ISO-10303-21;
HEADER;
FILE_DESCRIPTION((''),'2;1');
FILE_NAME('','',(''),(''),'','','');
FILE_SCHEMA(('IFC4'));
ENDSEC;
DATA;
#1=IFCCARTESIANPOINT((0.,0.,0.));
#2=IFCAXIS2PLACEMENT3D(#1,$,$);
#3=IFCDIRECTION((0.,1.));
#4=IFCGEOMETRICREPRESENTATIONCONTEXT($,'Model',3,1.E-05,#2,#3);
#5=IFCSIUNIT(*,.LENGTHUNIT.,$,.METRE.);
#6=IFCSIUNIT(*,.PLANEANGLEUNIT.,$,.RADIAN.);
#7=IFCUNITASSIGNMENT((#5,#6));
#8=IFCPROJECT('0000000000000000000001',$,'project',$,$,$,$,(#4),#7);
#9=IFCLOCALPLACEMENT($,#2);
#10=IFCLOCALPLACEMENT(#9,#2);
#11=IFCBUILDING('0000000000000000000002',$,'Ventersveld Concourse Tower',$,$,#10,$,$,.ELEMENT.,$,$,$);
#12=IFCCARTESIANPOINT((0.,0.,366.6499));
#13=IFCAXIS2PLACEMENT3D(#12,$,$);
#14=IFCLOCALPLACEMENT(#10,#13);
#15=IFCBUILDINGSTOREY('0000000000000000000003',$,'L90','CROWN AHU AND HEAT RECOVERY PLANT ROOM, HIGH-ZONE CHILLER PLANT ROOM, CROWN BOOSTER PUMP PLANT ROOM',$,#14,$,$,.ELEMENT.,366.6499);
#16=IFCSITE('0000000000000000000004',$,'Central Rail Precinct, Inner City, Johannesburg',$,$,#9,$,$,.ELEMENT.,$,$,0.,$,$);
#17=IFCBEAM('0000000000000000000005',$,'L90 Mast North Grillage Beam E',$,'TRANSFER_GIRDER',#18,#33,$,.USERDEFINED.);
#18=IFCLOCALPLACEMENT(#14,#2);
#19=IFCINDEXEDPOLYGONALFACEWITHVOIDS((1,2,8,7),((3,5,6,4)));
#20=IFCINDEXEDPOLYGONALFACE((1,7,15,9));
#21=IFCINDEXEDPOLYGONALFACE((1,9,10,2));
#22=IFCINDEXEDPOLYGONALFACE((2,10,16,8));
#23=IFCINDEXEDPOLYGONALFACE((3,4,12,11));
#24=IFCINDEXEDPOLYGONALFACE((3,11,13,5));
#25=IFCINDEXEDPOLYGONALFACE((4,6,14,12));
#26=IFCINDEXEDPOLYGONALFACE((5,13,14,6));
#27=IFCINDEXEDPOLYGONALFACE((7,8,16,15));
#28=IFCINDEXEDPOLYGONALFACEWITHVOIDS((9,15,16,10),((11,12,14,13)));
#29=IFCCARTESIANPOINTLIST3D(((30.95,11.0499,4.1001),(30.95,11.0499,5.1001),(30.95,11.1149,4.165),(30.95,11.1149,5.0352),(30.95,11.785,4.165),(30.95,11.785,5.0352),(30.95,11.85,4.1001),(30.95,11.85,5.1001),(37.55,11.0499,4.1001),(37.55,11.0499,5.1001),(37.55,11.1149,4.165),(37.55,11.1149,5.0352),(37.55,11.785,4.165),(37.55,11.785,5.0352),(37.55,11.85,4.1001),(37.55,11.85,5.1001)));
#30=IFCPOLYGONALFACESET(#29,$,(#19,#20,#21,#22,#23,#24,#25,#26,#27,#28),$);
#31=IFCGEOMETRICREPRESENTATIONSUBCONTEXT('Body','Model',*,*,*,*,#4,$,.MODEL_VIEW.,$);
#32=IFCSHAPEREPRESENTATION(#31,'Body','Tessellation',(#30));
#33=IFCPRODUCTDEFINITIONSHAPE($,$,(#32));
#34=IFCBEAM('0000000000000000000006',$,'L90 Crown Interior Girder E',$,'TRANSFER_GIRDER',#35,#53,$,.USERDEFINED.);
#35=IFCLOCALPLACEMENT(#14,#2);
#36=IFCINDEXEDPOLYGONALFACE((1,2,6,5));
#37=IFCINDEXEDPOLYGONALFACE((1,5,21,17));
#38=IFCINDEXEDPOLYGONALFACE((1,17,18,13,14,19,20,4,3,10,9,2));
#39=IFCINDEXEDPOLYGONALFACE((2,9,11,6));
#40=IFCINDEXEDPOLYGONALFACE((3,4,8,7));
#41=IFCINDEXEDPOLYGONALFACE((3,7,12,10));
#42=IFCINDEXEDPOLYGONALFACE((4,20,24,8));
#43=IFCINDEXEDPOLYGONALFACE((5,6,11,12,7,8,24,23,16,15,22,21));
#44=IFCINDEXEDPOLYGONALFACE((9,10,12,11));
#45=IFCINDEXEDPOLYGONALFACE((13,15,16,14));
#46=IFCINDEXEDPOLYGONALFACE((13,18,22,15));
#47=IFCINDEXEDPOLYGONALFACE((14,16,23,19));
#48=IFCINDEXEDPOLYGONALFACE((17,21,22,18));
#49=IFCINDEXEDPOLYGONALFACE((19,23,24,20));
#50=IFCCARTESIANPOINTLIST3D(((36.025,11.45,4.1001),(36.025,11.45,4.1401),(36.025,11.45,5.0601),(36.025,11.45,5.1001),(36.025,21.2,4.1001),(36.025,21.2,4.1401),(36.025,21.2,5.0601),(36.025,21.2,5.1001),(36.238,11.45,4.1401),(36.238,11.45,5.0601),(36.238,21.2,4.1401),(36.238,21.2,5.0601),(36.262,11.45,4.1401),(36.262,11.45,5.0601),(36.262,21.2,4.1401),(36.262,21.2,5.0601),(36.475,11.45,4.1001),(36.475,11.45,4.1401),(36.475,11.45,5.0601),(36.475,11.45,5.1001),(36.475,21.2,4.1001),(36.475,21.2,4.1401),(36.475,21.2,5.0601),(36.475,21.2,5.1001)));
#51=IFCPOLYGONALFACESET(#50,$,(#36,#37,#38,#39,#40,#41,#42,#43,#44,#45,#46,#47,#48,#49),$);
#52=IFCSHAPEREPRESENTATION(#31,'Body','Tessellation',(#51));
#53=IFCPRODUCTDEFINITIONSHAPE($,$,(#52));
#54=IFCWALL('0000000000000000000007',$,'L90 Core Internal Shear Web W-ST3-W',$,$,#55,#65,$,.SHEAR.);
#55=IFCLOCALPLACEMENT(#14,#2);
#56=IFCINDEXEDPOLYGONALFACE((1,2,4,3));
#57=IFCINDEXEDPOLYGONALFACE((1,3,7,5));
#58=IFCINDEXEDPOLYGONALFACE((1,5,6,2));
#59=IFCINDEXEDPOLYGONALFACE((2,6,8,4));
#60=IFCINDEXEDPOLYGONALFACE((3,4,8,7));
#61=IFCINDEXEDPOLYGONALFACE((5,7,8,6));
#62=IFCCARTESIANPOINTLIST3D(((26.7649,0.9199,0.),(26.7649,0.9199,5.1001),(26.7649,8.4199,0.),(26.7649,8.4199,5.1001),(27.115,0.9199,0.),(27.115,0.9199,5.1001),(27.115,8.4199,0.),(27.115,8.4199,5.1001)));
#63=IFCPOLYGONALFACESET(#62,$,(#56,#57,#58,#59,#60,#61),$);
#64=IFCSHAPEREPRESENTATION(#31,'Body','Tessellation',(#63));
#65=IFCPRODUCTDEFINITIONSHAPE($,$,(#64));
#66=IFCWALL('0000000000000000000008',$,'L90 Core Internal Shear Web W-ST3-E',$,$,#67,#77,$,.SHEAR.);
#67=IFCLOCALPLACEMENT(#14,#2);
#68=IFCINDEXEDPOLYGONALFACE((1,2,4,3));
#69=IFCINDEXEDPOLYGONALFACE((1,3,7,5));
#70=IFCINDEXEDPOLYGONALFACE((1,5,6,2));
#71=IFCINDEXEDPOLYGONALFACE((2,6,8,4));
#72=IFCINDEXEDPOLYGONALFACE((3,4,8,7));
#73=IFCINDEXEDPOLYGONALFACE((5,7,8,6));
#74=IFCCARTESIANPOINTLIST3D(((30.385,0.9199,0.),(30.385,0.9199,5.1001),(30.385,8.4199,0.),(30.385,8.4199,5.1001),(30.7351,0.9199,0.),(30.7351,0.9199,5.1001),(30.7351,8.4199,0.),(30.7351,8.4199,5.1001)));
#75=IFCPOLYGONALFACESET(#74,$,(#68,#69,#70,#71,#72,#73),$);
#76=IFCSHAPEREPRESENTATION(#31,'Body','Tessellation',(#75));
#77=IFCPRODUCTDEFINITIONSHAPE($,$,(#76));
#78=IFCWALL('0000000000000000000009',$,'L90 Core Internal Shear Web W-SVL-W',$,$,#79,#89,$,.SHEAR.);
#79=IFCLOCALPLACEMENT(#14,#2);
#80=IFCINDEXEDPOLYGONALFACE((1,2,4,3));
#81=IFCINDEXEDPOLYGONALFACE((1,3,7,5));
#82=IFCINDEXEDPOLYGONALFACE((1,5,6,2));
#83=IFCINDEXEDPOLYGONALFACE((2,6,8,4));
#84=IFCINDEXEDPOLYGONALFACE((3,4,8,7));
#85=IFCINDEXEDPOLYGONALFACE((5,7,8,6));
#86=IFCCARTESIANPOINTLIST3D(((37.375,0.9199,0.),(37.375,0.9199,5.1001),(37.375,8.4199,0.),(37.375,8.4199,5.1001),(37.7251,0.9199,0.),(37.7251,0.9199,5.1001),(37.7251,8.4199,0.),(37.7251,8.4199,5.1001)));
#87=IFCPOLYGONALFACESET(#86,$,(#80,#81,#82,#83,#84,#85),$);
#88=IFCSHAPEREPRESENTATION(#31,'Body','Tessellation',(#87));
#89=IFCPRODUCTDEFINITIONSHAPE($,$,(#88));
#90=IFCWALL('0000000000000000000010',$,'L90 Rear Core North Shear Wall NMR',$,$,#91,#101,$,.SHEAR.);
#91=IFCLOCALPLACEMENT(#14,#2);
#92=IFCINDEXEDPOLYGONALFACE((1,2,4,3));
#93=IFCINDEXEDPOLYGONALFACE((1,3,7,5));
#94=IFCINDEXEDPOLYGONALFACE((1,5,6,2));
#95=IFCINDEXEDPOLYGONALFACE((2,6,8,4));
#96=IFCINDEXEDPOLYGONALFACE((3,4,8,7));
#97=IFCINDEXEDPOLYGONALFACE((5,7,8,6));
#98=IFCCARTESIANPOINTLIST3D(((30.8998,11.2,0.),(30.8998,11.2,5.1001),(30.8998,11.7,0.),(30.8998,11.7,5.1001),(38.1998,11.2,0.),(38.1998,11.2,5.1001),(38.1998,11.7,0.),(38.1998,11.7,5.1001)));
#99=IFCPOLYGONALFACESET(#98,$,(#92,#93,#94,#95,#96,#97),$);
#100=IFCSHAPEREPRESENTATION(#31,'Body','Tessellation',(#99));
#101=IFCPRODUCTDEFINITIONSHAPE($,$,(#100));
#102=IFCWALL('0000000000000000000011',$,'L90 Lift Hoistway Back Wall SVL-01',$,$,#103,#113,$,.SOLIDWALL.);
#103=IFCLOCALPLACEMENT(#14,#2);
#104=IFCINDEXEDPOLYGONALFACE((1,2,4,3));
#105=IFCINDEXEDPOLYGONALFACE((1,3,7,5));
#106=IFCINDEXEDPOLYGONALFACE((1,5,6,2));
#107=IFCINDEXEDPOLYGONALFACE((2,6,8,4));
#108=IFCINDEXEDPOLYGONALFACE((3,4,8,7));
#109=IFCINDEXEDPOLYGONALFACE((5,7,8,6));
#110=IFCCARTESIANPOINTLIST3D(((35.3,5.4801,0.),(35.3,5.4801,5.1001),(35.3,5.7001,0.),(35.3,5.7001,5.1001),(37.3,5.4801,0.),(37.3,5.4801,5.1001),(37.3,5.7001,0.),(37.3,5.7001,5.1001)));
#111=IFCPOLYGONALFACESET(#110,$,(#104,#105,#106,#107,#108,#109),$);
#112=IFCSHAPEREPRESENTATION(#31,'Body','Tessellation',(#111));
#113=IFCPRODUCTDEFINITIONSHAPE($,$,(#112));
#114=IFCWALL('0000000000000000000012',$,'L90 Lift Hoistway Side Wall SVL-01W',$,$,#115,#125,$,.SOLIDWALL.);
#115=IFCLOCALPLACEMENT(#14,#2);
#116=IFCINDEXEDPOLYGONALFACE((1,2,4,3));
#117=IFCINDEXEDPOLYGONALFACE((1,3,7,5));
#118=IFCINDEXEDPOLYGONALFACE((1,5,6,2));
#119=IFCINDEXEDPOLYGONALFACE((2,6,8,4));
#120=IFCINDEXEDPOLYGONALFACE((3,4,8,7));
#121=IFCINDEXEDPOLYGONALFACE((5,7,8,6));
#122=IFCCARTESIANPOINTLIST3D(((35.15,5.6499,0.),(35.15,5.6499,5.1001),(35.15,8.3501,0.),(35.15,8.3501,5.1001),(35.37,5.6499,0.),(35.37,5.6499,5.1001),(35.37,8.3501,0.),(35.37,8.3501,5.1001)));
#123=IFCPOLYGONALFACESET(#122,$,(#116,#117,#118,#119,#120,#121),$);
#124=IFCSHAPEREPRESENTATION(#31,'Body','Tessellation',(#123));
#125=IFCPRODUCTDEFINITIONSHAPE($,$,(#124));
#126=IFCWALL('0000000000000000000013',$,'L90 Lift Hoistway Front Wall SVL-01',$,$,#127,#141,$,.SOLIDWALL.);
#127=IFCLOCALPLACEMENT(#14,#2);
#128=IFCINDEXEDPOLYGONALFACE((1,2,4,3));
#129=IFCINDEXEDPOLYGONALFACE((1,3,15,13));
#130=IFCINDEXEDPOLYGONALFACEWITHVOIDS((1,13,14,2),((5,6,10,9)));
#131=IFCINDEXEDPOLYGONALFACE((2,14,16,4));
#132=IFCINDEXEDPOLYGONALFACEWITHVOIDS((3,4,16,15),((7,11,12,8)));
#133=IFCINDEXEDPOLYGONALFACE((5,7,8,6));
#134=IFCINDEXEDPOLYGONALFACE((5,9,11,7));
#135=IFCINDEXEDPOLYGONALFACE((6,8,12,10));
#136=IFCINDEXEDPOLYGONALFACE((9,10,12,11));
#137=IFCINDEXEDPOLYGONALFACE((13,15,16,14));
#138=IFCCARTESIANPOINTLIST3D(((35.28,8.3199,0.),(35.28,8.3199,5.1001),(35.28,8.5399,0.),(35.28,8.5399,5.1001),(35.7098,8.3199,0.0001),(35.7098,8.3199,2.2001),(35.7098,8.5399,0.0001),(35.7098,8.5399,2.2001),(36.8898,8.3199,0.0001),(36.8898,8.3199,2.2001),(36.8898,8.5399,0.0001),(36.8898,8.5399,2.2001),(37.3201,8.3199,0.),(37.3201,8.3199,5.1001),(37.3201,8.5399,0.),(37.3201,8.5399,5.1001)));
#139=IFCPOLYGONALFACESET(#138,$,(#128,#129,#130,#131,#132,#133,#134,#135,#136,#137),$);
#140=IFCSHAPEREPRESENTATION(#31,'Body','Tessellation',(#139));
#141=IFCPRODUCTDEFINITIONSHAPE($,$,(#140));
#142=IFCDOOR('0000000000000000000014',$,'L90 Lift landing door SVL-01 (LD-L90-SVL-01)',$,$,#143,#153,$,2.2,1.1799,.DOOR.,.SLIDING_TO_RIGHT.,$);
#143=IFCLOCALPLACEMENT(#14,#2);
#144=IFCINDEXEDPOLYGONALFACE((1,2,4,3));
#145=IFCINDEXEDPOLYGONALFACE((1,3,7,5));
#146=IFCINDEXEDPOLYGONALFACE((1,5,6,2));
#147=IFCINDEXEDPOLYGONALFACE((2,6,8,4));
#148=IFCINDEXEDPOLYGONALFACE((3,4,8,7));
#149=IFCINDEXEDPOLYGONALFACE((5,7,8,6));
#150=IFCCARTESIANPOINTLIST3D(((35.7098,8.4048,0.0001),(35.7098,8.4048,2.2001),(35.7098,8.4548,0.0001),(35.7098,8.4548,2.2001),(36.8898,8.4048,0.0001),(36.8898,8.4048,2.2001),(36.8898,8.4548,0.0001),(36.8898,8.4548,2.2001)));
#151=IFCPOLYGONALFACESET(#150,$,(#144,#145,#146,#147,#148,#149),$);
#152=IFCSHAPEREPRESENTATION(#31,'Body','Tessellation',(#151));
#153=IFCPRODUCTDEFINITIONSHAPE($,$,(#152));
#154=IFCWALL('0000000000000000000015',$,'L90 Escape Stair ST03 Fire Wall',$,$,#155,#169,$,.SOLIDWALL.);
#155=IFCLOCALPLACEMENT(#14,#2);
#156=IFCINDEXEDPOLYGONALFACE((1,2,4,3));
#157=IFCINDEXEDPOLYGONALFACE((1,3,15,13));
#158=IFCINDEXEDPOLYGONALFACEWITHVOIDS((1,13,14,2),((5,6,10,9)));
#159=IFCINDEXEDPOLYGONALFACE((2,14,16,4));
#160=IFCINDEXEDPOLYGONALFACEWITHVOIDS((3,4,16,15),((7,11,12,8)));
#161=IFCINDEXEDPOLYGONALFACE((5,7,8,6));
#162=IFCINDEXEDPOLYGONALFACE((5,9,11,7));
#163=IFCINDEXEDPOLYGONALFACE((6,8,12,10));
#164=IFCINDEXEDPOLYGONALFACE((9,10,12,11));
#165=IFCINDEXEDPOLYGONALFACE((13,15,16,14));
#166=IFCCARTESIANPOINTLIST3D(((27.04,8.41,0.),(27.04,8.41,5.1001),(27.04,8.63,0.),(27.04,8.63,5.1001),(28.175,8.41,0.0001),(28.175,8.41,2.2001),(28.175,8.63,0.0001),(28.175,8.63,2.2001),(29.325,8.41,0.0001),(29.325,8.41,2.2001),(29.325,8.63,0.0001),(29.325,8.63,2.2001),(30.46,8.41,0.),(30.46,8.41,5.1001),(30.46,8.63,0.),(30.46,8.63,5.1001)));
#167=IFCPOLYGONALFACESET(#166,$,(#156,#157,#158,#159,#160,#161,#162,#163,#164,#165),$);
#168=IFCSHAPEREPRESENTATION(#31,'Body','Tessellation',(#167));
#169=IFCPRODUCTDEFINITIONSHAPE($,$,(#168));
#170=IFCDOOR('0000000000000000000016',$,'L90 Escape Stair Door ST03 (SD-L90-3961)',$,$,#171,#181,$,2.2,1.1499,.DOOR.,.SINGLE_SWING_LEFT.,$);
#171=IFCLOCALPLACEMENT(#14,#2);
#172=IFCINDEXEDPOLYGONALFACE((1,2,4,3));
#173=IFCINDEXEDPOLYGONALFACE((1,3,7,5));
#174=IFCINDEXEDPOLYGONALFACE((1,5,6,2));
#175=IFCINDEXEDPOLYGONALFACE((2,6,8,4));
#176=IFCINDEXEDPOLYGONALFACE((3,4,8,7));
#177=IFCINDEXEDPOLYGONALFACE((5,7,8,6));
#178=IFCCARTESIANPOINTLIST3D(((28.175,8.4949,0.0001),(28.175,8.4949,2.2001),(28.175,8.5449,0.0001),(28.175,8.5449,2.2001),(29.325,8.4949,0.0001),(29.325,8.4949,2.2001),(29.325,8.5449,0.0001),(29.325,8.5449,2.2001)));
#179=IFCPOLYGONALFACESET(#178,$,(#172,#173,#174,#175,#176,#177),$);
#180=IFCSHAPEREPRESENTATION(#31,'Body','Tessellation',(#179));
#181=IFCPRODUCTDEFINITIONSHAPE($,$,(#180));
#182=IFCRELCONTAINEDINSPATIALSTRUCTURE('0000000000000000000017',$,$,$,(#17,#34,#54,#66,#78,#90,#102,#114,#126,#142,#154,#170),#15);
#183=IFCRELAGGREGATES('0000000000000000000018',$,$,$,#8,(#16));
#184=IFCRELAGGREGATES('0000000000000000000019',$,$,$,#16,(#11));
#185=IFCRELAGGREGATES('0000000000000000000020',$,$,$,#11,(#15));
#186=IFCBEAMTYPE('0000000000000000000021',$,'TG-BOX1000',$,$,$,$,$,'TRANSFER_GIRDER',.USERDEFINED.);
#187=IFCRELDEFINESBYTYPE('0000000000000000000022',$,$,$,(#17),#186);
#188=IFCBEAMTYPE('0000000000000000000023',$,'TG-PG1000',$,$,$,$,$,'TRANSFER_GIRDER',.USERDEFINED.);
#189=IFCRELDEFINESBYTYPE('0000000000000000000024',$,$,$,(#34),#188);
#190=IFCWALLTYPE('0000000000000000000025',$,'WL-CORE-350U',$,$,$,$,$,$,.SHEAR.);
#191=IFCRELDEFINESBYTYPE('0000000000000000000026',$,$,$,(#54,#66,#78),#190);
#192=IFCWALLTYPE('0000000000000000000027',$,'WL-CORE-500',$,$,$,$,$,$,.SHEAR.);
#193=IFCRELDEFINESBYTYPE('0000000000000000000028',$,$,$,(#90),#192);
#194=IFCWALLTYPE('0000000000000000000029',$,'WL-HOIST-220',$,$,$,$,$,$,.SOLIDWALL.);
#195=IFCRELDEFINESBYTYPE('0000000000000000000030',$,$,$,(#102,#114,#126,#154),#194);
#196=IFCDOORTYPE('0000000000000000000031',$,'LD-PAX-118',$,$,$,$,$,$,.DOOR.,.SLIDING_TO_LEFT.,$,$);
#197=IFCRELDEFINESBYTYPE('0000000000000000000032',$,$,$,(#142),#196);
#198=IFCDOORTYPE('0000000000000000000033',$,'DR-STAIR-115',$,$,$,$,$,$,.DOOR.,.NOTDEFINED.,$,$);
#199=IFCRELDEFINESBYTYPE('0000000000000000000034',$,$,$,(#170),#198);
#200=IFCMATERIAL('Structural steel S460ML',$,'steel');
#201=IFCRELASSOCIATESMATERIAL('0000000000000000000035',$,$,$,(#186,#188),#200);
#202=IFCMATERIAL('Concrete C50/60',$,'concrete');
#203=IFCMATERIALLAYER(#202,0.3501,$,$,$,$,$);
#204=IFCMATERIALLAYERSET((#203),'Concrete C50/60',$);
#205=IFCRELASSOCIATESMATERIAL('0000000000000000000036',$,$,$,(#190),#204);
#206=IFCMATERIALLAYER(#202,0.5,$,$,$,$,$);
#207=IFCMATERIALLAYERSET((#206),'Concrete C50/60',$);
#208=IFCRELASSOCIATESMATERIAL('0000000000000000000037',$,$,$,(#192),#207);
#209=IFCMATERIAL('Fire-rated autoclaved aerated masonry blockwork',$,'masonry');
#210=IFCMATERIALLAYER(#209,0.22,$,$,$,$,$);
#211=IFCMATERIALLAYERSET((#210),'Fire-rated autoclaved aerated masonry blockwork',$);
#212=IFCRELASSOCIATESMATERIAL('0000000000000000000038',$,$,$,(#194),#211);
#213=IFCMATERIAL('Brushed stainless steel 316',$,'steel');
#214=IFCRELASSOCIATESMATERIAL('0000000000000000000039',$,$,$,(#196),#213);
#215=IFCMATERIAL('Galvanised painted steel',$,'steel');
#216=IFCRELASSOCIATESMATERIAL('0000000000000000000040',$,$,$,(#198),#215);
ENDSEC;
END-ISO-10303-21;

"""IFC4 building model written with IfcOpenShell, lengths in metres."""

from ifc_helpers import new_model, si_unit, direction, frame, frame_2d, origin, origin_2d, place, context, subcontext, project, spatial, rectangle, hollow_rectangle, i_section, extrude, material, layer, layer_set, material_profile, profile_set, type_object, element, fill, save


model = new_model("IFC4")

# Units and contexts
model_context = context("Model", 3, precision=1e-05, world=origin(), true_north=direction((0.0, 1.0)))
body_context = subcontext(model_context, "Body", "Model", "MODEL_VIEW")
ifc_project = project(units=[si_unit("LENGTHUNIT", "METRE"), si_unit("PLANEANGLEUNIT", "RADIAN")], contexts=[model_context])

# Site, building, storey
site_placement = place(None, origin())
site = spatial("IfcSite", under=ifc_project, at=site_placement, Name="Central Rail Precinct, Inner City, Johannesburg", CompositionType="ELEMENT", RefElevation=0.0)
building_placement = place(site_placement, origin())
building = spatial("IfcBuilding", under=site, at=building_placement, Name="Ventersveld Concourse Tower", CompositionType="ELEMENT")
storey_placement = place(building_placement, frame((0.0, 0.0, 366.6499)))
storey = spatial("IfcBuildingStorey", under=building, at=storey_placement, Name="L90", Description="CROWN AHU AND HEAT RECOVERY PLANT ROOM, HIGH-ZONE CHILLER PLANT ROOM, CROWN BOOSTER PUMP PLANT ROOM", CompositionType="ELEMENT", Elevation=366.6499)

# Beams
ifc_material_1 = material(Name="Structural steel S460ML", Category="steel")
ifc_material_profile_1 = material_profile(ifc_material_1, hollow_rectangle(XDim=0.8, YDim=1.0, WallThickness=0.0649, at=origin_2d()), Name="BOX 1000x800x65")
ifc_profile_set_1 = profile_set([ifc_material_profile_1], Name="Structural steel S460ML")
beam_type_1 = type_object("IfcBeamType", Name="TG-BOX1000", ElementType="TRANSFER_GIRDER", PredefinedType="USERDEFINED", material=ifc_profile_set_1)
beam_1_placement = place(storey_placement, frame((30.95, 11.45, 4.6001), z_axis=(1.0, 0.0, 0.0), x_axis=(0.0, 1.0, 0.0)))
element("IfcBeam", 1, at=beam_1_placement, inside=storey, type_object=beam_type_1, Name="L90 Mast North Grillage Beam E", ObjectType="TRANSFER_GIRDER", PredefinedType="USERDEFINED", context=body_context, shape_type="SweptSolid", body=[
    extrude(hollow_rectangle(XDim=0.8, YDim=1.0, WallThickness=0.0649, at=origin_2d()), origin(), (0.0, 0.0, 1.0), 6.6001),
])
ifc_material_profile_2 = material_profile(ifc_material_1, i_section(OverallWidth=0.45, OverallDepth=1.0, WebThickness=0.0239, FlangeThickness=0.04, at=origin_2d()), Name="PG 1000x450x40")
ifc_profile_set_2 = profile_set([ifc_material_profile_2], Name="Structural steel S460ML")
beam_type_2 = type_object("IfcBeamType", Name="TG-PG1000", ElementType="TRANSFER_GIRDER", PredefinedType="USERDEFINED", material=ifc_profile_set_2)
beam_2_placement = place(storey_placement, frame((36.25, 11.45, 4.6001), z_axis=(0.0, 1.0, 0.0), x_axis=(-1.0, 0.0, 0.0)))
element("IfcBeam", 2, at=beam_2_placement, inside=storey, type_object=beam_type_2, Name="L90 Crown Interior Girder E", ObjectType="TRANSFER_GIRDER", PredefinedType="USERDEFINED", context=body_context, shape_type="SweptSolid", body=[
    extrude(i_section(OverallWidth=0.45, OverallDepth=1.0, WebThickness=0.0239, FlangeThickness=0.04, at=origin_2d()), origin(), (0.0, 0.0, 1.0), 9.75),
])

# Walls
ifc_material_2 = material(Name="Concrete C50/60", Category="concrete")
ifc_layer_1 = layer(ifc_material_2, 0.3501)
ifc_layer_set_1 = layer_set([ifc_layer_1], Name="Concrete C50/60")
wall_type_1 = type_object("IfcWallType", Name="WL-CORE-350U", PredefinedType="SHEAR", material=ifc_layer_set_1)
for number, where, z_axis, x_axis, name in (
    (3, (26.9399, 0.9199, 0.0), (0.0, 0.0, 1.0), (0.0, 1.0, 0.0), "L90 Core Internal Shear Web W-ST3-W"),
    (4, (30.5601, 0.9199, 0.0), (0.0, 0.0, 1.0), (0.0, 1.0, 0.0), "L90 Core Internal Shear Web W-ST3-E"),
    (5, (37.55, 0.9199, 0.0), (0.0, 0.0, 1.0), (0.0, 1.0, 0.0), "L90 Core Internal Shear Web W-SVL-W"),
):
    element("IfcWall", number, at=place(storey_placement, frame(where, z_axis=z_axis, x_axis=x_axis)), inside=storey, type_object=wall_type_1, Name=name, PredefinedType="SHEAR", context=body_context, shape_type="SweptSolid", body=[
        extrude(rectangle(XDim=7.5, YDim=0.3501, at=frame_2d((3.75, 0.0))), origin(), (0.0, 0.0, 1.0), 5.1001),
    ])
ifc_layer_2 = layer(ifc_material_2, 0.5)
ifc_layer_set_2 = layer_set([ifc_layer_2], Name="Concrete C50/60")
wall_type_2 = type_object("IfcWallType", Name="WL-CORE-500", PredefinedType="SHEAR", material=ifc_layer_set_2)
wall_1_placement = place(storey_placement, frame((30.8999, 11.45, 0.0), z_axis=(0.0, 0.0, 1.0), x_axis=(1.0, 0.0, 0.0)))
element("IfcWall", 6, at=wall_1_placement, inside=storey, type_object=wall_type_2, Name="L90 Rear Core North Shear Wall NMR", PredefinedType="SHEAR", context=body_context, shape_type="SweptSolid", body=[
    extrude(rectangle(XDim=7.3, YDim=0.5, at=frame_2d((3.6499, 0.0))), origin(), (0.0, 0.0, 1.0), 5.1001),
])
ifc_material_3 = material(Name="Fire-rated autoclaved aerated masonry blockwork", Category="masonry")
ifc_layer_3 = layer(ifc_material_3, 0.22)
ifc_layer_set_3 = layer_set([ifc_layer_3], Name="Fire-rated autoclaved aerated masonry blockwork")
wall_type_3 = type_object("IfcWallType", Name="WL-HOIST-220", PredefinedType="SOLIDWALL", material=ifc_layer_set_3)
wall_2_placement = place(storey_placement, frame((35.3, 5.5901, 0.0), z_axis=(0.0, 0.0, 1.0), x_axis=(1.0, 0.0, 0.0)))
element("IfcWall", 7, at=wall_2_placement, inside=storey, type_object=wall_type_3, Name="L90 Lift Hoistway Back Wall SVL-01", PredefinedType="SOLIDWALL", context=body_context, shape_type="SweptSolid", body=[
    extrude(rectangle(XDim=2.0, YDim=0.22, at=frame_2d((1.0, 0.0))), origin(), (0.0, 0.0, 1.0), 5.1001),
])
wall_3_placement = place(storey_placement, frame((35.26, 5.6499, 0.0), z_axis=(0.0, 0.0, 1.0), x_axis=(0.0, 1.0, 0.0)))
element("IfcWall", 8, at=wall_3_placement, inside=storey, type_object=wall_type_3, Name="L90 Lift Hoistway Side Wall SVL-01W", PredefinedType="SOLIDWALL", context=body_context, shape_type="SweptSolid", body=[
    extrude(rectangle(XDim=2.7002, YDim=0.22, at=frame_2d((1.3501, 0.0))), origin(), (0.0, 0.0, 1.0), 5.1001),
])

# Walls, openings, doors
wall_4_placement = place(storey_placement, frame((35.28, 8.4299, 0.0), z_axis=(0.0, 0.0, 1.0), x_axis=(1.0, 0.0, 0.0)))
wall_4 = element("IfcWall", 9, at=wall_4_placement, inside=storey, type_object=wall_type_3, Name="L90 Lift Hoistway Front Wall SVL-01", PredefinedType="SOLIDWALL", context=body_context, shape_type="SweptSolid", body=[
    extrude(rectangle(XDim=2.04, YDim=0.22, at=frame_2d((1.02, 0.0))), origin(), (0.0, 0.0, 1.0), 5.1001),
])
opening_1_placement = place(wall_4_placement, frame((0.4299, 0.0, 0.0)))
opening_1 = element("IfcOpeningElement", 10, at=opening_1_placement, cuts=wall_4, PredefinedType="OPENING", context=body_context, shape_type="SweptSolid", body=[
    extrude(rectangle(XDim=1.1799, YDim=2.2, at=frame_2d((0.5898, 1.1001))), frame((0.0, 0.1201, 0.0), z_axis=(0.0, -1.0, 0.0), x_axis=(1.0, 0.0, 0.0)), (0.0, 0.0, 1.0), 0.24),
])
ifc_material_4 = material(Name="Brushed stainless steel 316", Category="steel")
door_type_1 = type_object("IfcDoorType", Name="LD-PAX-118", OperationType="SLIDING_TO_LEFT", PredefinedType="DOOR", material=ifc_material_4)
door_1_placement = place(opening_1_placement, origin())
door_1 = element("IfcDoor", 11, at=door_1_placement, inside=storey, type_object=door_type_1, Name="L90 Lift landing door SVL-01 (LD-L90-SVL-01)", OperationType="SLIDING_TO_RIGHT", OverallHeight=2.2, OverallWidth=1.1799, PredefinedType="DOOR", context=body_context, shape_type="SweptSolid", body=[
    extrude(rectangle(XDim=1.1799, YDim=2.2, at=frame_2d((0.5898, 1.1001))), frame((0.0, 0.0249, 0.0), z_axis=(0.0, -1.0, 0.0), x_axis=(1.0, 0.0, 0.0)), (0.0, 0.0, 1.0), 0.05),
])
fill(opening_1, door_1)
wall_5_placement = place(storey_placement, frame((27.04, 8.52, 0.0), z_axis=(0.0, 0.0, 1.0), x_axis=(1.0, 0.0, 0.0)))
wall_5 = element("IfcWall", 12, at=wall_5_placement, inside=storey, type_object=wall_type_3, Name="L90 Escape Stair ST03 Fire Wall", PredefinedType="SOLIDWALL", context=body_context, shape_type="SweptSolid", body=[
    extrude(rectangle(XDim=3.4199, YDim=0.22, at=frame_2d((1.71, 0.0))), origin(), (0.0, 0.0, 1.0), 5.1001),
])
opening_2_placement = place(wall_5_placement, frame((1.135, 0.0, 0.0)))
opening_2 = element("IfcOpeningElement", 13, at=opening_2_placement, cuts=wall_5, PredefinedType="OPENING", context=body_context, shape_type="SweptSolid", body=[
    extrude(rectangle(XDim=1.1499, YDim=2.2, at=frame_2d((0.575, 1.1001))), frame((0.0, 0.1201, 0.0), z_axis=(0.0, -1.0, 0.0), x_axis=(1.0, 0.0, 0.0)), (0.0, 0.0, 1.0), 0.24),
])
ifc_material_5 = material(Name="Galvanised painted steel", Category="steel")
door_type_2 = type_object("IfcDoorType", Name="DR-STAIR-115", OperationType="NOTDEFINED", PredefinedType="DOOR", material=ifc_material_5)
door_2_placement = place(opening_2_placement, origin())
door_2 = element("IfcDoor", 14, at=door_2_placement, inside=storey, type_object=door_type_2, Name="L90 Escape Stair Door ST03 (SD-L90-3961)", OperationType="SINGLE_SWING_LEFT", OverallHeight=2.2, OverallWidth=1.1499, PredefinedType="DOOR", context=body_context, shape_type="SweptSolid", body=[
    extrude(rectangle(XDim=1.1499, YDim=2.2, at=frame_2d((0.575, 1.1001))), frame((0.0, 0.0249, 0.0), z_axis=(0.0, -1.0, 0.0), x_axis=(1.0, 0.0, 0.0)), (0.0, 0.0, 1.0), 0.05),
])
fill(opening_2, door_2)

save(model, "model.ifc")
